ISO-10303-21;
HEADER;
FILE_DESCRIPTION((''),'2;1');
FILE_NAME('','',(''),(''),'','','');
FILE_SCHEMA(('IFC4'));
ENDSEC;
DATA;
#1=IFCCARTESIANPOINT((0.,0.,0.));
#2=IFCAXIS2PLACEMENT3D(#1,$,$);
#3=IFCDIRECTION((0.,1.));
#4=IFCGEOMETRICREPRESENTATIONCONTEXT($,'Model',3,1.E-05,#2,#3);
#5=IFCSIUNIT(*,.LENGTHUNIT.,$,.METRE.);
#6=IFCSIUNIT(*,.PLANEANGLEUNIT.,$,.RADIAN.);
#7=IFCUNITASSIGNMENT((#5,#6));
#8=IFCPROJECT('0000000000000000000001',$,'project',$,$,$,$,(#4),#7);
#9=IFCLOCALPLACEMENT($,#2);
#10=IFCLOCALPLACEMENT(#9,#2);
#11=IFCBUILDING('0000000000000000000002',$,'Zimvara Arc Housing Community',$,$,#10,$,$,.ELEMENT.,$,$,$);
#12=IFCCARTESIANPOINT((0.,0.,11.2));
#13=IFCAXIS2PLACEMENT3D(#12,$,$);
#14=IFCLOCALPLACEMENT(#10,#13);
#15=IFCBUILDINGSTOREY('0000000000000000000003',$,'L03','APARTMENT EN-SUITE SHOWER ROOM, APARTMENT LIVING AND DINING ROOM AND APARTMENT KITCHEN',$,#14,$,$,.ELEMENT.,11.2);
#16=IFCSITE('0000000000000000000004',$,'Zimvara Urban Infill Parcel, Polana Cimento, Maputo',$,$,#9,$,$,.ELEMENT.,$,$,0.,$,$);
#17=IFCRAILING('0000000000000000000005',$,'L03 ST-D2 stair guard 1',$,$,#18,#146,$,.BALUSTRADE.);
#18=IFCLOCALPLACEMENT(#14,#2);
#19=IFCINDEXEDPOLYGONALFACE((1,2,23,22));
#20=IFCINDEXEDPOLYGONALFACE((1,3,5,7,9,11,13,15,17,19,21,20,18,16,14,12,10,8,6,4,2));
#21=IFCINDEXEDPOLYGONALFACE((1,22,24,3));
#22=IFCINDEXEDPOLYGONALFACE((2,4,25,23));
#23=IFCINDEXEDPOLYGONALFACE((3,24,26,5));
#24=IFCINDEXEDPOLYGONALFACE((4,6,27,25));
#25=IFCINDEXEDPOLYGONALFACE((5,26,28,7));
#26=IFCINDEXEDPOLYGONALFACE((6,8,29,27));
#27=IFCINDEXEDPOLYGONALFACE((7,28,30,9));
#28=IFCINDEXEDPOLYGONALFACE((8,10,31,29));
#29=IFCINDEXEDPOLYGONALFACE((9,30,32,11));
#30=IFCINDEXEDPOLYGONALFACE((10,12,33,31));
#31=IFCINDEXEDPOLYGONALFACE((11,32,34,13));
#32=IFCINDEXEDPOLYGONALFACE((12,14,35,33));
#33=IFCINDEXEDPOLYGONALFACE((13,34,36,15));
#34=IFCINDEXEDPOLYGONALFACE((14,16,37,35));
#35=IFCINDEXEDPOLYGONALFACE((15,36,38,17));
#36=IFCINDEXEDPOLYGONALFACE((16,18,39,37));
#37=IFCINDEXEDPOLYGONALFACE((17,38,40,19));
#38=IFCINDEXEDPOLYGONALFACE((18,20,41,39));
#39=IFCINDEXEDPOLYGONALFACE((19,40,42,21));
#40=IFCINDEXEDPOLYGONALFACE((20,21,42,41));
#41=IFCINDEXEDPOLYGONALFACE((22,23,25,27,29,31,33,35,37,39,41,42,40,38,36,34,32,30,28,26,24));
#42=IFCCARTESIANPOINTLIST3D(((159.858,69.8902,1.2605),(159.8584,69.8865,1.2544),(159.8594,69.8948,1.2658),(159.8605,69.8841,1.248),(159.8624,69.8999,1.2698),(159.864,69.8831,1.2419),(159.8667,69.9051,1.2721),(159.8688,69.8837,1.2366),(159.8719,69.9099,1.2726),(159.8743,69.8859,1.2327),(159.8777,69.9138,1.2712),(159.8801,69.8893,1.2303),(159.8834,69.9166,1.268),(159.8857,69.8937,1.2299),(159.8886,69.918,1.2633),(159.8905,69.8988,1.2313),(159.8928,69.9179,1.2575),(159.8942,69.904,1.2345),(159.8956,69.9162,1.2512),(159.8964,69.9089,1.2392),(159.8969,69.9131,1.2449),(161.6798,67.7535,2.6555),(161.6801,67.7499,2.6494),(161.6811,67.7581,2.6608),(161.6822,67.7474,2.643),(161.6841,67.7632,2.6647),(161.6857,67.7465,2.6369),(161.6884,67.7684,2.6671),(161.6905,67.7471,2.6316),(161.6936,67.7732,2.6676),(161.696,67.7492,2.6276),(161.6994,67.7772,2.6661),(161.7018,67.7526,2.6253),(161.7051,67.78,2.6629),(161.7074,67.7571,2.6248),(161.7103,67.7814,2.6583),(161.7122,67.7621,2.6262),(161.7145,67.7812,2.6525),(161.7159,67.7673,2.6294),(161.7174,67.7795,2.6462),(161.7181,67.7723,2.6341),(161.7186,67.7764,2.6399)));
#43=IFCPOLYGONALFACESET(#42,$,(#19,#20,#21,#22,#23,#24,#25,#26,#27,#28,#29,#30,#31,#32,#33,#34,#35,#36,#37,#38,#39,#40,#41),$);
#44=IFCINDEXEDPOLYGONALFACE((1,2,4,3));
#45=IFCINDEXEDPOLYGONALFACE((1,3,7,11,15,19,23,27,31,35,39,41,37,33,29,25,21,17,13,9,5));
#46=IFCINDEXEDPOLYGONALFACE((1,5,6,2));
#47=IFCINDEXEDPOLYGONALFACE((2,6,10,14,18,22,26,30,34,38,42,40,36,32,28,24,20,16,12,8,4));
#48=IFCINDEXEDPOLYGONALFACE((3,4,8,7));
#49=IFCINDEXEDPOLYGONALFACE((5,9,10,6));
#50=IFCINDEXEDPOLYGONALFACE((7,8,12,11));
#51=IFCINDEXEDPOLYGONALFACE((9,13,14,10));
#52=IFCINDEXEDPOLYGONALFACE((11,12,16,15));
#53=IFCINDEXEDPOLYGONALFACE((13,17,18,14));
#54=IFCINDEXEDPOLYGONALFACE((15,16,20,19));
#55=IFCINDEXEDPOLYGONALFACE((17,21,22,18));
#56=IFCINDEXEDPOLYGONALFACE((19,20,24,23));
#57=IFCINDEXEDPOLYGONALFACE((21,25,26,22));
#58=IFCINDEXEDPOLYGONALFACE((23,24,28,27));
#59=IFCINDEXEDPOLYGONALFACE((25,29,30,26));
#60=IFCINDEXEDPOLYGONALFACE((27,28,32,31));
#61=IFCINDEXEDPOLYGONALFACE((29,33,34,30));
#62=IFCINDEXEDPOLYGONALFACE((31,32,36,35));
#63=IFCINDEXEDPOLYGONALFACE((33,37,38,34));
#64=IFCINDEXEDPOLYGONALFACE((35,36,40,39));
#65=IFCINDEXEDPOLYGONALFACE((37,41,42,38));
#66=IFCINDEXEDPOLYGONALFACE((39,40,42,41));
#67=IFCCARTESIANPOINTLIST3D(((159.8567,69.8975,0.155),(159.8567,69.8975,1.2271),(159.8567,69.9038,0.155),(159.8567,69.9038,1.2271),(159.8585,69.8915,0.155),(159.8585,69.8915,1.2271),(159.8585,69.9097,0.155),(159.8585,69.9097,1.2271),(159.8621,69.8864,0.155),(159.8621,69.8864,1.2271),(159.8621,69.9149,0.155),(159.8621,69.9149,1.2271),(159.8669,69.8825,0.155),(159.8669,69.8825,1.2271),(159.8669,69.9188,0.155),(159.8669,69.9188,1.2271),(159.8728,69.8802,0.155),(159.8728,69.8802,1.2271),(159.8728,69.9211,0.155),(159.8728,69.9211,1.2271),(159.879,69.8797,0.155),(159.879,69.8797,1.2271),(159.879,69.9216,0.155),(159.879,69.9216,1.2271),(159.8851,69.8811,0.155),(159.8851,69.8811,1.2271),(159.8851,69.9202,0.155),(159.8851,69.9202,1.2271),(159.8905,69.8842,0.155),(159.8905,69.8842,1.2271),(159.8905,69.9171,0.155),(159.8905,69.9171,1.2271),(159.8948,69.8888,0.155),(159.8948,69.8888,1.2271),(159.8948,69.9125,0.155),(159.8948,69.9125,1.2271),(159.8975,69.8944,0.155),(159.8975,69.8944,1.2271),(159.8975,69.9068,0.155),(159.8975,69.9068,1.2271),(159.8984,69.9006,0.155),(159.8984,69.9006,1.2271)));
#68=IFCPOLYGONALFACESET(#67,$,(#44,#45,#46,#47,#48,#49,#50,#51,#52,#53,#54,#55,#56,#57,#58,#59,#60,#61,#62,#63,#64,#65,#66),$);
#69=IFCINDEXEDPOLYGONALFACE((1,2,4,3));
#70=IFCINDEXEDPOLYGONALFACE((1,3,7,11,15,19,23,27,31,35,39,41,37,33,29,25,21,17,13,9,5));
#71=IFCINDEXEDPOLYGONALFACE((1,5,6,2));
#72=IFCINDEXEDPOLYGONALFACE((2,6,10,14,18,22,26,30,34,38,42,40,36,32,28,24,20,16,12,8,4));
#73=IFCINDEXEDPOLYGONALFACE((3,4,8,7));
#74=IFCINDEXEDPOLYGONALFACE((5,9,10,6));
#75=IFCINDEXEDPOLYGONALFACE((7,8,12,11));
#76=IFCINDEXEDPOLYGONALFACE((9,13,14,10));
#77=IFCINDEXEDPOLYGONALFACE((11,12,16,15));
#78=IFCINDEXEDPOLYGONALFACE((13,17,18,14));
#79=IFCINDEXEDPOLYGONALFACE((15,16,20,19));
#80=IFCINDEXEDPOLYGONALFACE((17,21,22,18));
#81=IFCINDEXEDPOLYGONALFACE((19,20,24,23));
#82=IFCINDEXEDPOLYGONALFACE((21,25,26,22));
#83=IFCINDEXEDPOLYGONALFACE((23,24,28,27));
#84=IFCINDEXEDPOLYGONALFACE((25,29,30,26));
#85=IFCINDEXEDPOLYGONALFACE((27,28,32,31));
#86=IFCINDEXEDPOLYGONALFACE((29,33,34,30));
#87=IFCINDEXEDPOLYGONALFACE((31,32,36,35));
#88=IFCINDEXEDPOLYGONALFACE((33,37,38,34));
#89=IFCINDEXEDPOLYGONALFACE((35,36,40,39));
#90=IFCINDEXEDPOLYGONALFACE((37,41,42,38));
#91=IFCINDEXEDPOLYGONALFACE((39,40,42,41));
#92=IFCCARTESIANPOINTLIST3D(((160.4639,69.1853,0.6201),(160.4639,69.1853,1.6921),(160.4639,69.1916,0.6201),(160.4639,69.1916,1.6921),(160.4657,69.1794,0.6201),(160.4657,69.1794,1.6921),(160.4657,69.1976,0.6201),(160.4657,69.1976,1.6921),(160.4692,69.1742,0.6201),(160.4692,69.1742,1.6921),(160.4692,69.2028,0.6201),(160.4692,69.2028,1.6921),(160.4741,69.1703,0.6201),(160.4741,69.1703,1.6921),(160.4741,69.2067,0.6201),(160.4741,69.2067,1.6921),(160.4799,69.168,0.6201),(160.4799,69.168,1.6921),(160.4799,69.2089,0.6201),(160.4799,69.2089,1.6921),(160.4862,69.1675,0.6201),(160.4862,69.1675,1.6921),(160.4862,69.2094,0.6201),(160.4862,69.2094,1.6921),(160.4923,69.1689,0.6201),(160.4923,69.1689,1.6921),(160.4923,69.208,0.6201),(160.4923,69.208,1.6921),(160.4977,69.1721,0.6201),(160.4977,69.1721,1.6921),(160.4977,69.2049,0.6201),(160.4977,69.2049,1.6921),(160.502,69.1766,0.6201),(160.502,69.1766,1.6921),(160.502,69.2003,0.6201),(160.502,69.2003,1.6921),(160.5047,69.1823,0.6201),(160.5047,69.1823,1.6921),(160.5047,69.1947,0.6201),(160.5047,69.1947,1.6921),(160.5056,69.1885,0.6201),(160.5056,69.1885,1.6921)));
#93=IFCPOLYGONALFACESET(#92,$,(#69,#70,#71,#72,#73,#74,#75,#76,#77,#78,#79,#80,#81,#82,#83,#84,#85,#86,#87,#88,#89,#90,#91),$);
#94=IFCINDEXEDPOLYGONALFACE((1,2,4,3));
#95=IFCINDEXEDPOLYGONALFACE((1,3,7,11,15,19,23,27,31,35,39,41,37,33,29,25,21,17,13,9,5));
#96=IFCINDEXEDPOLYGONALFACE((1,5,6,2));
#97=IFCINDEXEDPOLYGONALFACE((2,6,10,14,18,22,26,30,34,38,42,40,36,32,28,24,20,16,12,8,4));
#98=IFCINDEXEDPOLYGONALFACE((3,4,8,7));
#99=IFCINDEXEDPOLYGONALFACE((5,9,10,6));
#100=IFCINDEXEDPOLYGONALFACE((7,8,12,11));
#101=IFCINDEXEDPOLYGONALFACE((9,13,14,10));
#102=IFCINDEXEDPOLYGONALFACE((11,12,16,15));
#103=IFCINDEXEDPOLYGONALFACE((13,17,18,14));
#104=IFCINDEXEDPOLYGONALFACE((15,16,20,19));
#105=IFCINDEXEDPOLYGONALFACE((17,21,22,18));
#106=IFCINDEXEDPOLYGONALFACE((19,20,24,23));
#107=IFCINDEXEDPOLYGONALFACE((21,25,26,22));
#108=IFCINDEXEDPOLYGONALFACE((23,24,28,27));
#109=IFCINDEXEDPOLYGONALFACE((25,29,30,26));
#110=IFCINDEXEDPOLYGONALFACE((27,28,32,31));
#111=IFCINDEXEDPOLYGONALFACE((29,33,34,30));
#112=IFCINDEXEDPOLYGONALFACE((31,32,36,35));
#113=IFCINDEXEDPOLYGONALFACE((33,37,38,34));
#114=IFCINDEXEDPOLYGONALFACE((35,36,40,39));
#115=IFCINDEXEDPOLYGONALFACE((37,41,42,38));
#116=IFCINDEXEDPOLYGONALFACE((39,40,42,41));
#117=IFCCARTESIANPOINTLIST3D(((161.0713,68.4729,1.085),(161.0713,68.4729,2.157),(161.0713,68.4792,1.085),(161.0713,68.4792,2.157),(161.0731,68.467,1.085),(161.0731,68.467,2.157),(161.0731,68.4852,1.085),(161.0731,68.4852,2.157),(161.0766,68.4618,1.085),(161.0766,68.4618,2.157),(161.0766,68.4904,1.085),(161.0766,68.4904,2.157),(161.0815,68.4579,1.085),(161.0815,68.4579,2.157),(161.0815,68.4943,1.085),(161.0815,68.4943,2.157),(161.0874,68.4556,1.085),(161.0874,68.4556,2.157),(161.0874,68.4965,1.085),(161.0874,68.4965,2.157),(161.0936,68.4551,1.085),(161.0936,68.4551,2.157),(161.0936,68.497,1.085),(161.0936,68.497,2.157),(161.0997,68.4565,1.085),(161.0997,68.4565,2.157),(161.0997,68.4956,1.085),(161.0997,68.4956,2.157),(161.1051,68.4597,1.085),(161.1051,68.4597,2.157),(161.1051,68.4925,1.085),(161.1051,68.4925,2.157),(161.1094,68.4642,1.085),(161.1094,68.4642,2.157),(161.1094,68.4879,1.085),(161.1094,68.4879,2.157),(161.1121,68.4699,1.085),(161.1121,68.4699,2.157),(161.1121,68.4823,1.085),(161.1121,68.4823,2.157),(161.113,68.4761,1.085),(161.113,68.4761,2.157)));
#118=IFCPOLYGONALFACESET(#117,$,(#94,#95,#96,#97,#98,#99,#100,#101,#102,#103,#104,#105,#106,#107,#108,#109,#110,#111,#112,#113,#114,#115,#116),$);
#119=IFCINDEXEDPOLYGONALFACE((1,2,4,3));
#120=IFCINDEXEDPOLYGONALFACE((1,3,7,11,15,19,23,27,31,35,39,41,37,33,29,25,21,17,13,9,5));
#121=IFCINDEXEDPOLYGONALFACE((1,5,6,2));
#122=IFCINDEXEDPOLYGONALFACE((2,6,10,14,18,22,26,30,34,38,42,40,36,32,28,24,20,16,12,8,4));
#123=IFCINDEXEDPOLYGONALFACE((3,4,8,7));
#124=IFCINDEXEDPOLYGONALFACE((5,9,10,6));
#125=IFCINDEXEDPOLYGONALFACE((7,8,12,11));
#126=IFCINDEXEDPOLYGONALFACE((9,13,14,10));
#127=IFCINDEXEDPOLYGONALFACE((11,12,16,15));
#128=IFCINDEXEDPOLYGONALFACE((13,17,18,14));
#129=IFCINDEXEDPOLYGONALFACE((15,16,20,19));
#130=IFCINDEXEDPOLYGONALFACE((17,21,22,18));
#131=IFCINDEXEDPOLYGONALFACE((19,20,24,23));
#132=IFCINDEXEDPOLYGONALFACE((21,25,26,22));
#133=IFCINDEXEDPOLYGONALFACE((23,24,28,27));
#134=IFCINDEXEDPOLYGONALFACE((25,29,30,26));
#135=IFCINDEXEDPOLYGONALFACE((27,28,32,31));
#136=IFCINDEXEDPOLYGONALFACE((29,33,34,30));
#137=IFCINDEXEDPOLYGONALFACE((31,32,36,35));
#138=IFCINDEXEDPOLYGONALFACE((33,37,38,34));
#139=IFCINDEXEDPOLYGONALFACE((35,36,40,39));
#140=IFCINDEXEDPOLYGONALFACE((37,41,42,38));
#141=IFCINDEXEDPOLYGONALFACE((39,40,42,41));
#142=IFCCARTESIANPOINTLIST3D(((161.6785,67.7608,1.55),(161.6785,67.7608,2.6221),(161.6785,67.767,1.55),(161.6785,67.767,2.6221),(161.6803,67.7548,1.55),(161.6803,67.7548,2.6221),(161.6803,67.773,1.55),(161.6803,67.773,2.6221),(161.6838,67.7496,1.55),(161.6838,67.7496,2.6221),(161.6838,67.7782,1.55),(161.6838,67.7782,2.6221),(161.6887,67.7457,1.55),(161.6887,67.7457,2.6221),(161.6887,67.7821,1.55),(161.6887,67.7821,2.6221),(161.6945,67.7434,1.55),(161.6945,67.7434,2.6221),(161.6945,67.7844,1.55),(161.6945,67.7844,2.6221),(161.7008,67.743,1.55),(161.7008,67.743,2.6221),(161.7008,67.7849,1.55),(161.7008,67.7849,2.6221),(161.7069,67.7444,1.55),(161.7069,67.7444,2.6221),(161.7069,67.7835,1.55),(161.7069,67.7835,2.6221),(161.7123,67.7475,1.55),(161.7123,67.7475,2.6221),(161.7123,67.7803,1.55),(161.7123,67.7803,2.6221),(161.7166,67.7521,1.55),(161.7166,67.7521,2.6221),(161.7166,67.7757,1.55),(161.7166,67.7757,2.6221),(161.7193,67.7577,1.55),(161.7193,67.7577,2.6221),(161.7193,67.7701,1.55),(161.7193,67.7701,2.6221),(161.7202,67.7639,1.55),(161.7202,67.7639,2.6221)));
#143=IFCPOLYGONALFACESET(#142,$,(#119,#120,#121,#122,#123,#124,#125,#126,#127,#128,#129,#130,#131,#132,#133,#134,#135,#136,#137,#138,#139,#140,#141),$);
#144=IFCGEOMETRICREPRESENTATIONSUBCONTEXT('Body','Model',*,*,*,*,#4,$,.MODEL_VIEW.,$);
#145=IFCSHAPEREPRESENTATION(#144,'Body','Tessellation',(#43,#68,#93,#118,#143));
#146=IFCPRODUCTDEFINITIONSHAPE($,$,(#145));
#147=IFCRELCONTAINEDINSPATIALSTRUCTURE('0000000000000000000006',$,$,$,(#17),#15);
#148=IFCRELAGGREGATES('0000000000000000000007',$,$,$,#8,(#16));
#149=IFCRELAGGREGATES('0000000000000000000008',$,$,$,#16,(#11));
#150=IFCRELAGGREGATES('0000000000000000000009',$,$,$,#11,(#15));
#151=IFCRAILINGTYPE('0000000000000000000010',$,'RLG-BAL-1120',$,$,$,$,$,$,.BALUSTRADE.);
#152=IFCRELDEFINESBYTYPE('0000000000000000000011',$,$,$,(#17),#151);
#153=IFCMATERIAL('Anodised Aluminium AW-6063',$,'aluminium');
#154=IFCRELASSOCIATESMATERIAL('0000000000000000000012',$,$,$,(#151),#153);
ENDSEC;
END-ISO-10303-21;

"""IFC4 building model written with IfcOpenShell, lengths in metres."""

from ifc_helpers import new_model, si_unit, direction, frame, origin, origin_2d, place, context, subcontext, project, spatial, circle, extrude, material, type_object, element, save


model = new_model("IFC4")

# Units and contexts
model_context = context("Model", 3, precision=1e-05, world=origin(), true_north=direction((0.0, 1.0)))
body_context = subcontext(model_context, "Body", "Model", "MODEL_VIEW")
ifc_project = project(units=[si_unit("LENGTHUNIT", "METRE"), si_unit("PLANEANGLEUNIT", "RADIAN")], contexts=[model_context])

# Site, building, storey
site_placement = place(None, origin())
site = spatial("IfcSite", under=ifc_project, at=site_placement, Name="Zimvara Urban Infill Parcel, Polana Cimento, Maputo", CompositionType="ELEMENT", RefElevation=0.0)
building_placement = place(site_placement, origin())
building = spatial("IfcBuilding", under=site, at=building_placement, Name="Zimvara Arc Housing Community", CompositionType="ELEMENT")
storey_placement = place(building_placement, frame((0.0, 0.0, 11.2)))
storey = spatial("IfcBuildingStorey", under=building, at=storey_placement, Name="L03", Description="APARTMENT EN-SUITE SHOWER ROOM, APARTMENT LIVING AND DINING ROOM AND APARTMENT KITCHEN", CompositionType="ELEMENT", Elevation=11.2)

# Railing
ifc_material_1 = material(Name="Anodised Aluminium AW-6063", Category="aluminium")
railing_type_1 = type_object("IfcRailingType", Name="RLG-BAL-1120", PredefinedType="BALUSTRADE", material=ifc_material_1)
railing_1_placement = place(storey_placement, frame((159.8774, 69.9006, 0.155)))
element("IfcRailing", 1, at=railing_1_placement, inside=storey, type_object=railing_type_1, Name="L03 ST-D2 stair guard 1", PredefinedType="BALUSTRADE", context=body_context, shape_type="SweptSolid", body=[
    extrude(circle(Radius=0.0239, at=origin_2d()), frame((0.0, 0.0, 1.0962), z_axis=(0.581041, -0.681489, 0.44493), x_axis=(0.76096, 0.648799, 0.0)), (0.0, 0.0, 1.0), 3.1353),
    extrude(circle(Radius=0.021, at=origin_2d()), origin(), (0.0, 0.0, 1.0), 1.072),
    extrude(circle(Radius=0.021, at=origin_2d()), frame((0.6072, -0.7122, 0.4651)), (0.0, 0.0, 1.0), 1.072),
    extrude(circle(Radius=0.021, at=origin_2d()), frame((1.2146, -1.4246, 0.9299)), (0.0, 0.0, 1.0), 1.072),
    extrude(circle(Radius=0.021, at=origin_2d()), frame((1.8218, -2.1367, 1.395)), (0.0, 0.0, 1.0), 1.072),
])

save(model, "model.ifc")
